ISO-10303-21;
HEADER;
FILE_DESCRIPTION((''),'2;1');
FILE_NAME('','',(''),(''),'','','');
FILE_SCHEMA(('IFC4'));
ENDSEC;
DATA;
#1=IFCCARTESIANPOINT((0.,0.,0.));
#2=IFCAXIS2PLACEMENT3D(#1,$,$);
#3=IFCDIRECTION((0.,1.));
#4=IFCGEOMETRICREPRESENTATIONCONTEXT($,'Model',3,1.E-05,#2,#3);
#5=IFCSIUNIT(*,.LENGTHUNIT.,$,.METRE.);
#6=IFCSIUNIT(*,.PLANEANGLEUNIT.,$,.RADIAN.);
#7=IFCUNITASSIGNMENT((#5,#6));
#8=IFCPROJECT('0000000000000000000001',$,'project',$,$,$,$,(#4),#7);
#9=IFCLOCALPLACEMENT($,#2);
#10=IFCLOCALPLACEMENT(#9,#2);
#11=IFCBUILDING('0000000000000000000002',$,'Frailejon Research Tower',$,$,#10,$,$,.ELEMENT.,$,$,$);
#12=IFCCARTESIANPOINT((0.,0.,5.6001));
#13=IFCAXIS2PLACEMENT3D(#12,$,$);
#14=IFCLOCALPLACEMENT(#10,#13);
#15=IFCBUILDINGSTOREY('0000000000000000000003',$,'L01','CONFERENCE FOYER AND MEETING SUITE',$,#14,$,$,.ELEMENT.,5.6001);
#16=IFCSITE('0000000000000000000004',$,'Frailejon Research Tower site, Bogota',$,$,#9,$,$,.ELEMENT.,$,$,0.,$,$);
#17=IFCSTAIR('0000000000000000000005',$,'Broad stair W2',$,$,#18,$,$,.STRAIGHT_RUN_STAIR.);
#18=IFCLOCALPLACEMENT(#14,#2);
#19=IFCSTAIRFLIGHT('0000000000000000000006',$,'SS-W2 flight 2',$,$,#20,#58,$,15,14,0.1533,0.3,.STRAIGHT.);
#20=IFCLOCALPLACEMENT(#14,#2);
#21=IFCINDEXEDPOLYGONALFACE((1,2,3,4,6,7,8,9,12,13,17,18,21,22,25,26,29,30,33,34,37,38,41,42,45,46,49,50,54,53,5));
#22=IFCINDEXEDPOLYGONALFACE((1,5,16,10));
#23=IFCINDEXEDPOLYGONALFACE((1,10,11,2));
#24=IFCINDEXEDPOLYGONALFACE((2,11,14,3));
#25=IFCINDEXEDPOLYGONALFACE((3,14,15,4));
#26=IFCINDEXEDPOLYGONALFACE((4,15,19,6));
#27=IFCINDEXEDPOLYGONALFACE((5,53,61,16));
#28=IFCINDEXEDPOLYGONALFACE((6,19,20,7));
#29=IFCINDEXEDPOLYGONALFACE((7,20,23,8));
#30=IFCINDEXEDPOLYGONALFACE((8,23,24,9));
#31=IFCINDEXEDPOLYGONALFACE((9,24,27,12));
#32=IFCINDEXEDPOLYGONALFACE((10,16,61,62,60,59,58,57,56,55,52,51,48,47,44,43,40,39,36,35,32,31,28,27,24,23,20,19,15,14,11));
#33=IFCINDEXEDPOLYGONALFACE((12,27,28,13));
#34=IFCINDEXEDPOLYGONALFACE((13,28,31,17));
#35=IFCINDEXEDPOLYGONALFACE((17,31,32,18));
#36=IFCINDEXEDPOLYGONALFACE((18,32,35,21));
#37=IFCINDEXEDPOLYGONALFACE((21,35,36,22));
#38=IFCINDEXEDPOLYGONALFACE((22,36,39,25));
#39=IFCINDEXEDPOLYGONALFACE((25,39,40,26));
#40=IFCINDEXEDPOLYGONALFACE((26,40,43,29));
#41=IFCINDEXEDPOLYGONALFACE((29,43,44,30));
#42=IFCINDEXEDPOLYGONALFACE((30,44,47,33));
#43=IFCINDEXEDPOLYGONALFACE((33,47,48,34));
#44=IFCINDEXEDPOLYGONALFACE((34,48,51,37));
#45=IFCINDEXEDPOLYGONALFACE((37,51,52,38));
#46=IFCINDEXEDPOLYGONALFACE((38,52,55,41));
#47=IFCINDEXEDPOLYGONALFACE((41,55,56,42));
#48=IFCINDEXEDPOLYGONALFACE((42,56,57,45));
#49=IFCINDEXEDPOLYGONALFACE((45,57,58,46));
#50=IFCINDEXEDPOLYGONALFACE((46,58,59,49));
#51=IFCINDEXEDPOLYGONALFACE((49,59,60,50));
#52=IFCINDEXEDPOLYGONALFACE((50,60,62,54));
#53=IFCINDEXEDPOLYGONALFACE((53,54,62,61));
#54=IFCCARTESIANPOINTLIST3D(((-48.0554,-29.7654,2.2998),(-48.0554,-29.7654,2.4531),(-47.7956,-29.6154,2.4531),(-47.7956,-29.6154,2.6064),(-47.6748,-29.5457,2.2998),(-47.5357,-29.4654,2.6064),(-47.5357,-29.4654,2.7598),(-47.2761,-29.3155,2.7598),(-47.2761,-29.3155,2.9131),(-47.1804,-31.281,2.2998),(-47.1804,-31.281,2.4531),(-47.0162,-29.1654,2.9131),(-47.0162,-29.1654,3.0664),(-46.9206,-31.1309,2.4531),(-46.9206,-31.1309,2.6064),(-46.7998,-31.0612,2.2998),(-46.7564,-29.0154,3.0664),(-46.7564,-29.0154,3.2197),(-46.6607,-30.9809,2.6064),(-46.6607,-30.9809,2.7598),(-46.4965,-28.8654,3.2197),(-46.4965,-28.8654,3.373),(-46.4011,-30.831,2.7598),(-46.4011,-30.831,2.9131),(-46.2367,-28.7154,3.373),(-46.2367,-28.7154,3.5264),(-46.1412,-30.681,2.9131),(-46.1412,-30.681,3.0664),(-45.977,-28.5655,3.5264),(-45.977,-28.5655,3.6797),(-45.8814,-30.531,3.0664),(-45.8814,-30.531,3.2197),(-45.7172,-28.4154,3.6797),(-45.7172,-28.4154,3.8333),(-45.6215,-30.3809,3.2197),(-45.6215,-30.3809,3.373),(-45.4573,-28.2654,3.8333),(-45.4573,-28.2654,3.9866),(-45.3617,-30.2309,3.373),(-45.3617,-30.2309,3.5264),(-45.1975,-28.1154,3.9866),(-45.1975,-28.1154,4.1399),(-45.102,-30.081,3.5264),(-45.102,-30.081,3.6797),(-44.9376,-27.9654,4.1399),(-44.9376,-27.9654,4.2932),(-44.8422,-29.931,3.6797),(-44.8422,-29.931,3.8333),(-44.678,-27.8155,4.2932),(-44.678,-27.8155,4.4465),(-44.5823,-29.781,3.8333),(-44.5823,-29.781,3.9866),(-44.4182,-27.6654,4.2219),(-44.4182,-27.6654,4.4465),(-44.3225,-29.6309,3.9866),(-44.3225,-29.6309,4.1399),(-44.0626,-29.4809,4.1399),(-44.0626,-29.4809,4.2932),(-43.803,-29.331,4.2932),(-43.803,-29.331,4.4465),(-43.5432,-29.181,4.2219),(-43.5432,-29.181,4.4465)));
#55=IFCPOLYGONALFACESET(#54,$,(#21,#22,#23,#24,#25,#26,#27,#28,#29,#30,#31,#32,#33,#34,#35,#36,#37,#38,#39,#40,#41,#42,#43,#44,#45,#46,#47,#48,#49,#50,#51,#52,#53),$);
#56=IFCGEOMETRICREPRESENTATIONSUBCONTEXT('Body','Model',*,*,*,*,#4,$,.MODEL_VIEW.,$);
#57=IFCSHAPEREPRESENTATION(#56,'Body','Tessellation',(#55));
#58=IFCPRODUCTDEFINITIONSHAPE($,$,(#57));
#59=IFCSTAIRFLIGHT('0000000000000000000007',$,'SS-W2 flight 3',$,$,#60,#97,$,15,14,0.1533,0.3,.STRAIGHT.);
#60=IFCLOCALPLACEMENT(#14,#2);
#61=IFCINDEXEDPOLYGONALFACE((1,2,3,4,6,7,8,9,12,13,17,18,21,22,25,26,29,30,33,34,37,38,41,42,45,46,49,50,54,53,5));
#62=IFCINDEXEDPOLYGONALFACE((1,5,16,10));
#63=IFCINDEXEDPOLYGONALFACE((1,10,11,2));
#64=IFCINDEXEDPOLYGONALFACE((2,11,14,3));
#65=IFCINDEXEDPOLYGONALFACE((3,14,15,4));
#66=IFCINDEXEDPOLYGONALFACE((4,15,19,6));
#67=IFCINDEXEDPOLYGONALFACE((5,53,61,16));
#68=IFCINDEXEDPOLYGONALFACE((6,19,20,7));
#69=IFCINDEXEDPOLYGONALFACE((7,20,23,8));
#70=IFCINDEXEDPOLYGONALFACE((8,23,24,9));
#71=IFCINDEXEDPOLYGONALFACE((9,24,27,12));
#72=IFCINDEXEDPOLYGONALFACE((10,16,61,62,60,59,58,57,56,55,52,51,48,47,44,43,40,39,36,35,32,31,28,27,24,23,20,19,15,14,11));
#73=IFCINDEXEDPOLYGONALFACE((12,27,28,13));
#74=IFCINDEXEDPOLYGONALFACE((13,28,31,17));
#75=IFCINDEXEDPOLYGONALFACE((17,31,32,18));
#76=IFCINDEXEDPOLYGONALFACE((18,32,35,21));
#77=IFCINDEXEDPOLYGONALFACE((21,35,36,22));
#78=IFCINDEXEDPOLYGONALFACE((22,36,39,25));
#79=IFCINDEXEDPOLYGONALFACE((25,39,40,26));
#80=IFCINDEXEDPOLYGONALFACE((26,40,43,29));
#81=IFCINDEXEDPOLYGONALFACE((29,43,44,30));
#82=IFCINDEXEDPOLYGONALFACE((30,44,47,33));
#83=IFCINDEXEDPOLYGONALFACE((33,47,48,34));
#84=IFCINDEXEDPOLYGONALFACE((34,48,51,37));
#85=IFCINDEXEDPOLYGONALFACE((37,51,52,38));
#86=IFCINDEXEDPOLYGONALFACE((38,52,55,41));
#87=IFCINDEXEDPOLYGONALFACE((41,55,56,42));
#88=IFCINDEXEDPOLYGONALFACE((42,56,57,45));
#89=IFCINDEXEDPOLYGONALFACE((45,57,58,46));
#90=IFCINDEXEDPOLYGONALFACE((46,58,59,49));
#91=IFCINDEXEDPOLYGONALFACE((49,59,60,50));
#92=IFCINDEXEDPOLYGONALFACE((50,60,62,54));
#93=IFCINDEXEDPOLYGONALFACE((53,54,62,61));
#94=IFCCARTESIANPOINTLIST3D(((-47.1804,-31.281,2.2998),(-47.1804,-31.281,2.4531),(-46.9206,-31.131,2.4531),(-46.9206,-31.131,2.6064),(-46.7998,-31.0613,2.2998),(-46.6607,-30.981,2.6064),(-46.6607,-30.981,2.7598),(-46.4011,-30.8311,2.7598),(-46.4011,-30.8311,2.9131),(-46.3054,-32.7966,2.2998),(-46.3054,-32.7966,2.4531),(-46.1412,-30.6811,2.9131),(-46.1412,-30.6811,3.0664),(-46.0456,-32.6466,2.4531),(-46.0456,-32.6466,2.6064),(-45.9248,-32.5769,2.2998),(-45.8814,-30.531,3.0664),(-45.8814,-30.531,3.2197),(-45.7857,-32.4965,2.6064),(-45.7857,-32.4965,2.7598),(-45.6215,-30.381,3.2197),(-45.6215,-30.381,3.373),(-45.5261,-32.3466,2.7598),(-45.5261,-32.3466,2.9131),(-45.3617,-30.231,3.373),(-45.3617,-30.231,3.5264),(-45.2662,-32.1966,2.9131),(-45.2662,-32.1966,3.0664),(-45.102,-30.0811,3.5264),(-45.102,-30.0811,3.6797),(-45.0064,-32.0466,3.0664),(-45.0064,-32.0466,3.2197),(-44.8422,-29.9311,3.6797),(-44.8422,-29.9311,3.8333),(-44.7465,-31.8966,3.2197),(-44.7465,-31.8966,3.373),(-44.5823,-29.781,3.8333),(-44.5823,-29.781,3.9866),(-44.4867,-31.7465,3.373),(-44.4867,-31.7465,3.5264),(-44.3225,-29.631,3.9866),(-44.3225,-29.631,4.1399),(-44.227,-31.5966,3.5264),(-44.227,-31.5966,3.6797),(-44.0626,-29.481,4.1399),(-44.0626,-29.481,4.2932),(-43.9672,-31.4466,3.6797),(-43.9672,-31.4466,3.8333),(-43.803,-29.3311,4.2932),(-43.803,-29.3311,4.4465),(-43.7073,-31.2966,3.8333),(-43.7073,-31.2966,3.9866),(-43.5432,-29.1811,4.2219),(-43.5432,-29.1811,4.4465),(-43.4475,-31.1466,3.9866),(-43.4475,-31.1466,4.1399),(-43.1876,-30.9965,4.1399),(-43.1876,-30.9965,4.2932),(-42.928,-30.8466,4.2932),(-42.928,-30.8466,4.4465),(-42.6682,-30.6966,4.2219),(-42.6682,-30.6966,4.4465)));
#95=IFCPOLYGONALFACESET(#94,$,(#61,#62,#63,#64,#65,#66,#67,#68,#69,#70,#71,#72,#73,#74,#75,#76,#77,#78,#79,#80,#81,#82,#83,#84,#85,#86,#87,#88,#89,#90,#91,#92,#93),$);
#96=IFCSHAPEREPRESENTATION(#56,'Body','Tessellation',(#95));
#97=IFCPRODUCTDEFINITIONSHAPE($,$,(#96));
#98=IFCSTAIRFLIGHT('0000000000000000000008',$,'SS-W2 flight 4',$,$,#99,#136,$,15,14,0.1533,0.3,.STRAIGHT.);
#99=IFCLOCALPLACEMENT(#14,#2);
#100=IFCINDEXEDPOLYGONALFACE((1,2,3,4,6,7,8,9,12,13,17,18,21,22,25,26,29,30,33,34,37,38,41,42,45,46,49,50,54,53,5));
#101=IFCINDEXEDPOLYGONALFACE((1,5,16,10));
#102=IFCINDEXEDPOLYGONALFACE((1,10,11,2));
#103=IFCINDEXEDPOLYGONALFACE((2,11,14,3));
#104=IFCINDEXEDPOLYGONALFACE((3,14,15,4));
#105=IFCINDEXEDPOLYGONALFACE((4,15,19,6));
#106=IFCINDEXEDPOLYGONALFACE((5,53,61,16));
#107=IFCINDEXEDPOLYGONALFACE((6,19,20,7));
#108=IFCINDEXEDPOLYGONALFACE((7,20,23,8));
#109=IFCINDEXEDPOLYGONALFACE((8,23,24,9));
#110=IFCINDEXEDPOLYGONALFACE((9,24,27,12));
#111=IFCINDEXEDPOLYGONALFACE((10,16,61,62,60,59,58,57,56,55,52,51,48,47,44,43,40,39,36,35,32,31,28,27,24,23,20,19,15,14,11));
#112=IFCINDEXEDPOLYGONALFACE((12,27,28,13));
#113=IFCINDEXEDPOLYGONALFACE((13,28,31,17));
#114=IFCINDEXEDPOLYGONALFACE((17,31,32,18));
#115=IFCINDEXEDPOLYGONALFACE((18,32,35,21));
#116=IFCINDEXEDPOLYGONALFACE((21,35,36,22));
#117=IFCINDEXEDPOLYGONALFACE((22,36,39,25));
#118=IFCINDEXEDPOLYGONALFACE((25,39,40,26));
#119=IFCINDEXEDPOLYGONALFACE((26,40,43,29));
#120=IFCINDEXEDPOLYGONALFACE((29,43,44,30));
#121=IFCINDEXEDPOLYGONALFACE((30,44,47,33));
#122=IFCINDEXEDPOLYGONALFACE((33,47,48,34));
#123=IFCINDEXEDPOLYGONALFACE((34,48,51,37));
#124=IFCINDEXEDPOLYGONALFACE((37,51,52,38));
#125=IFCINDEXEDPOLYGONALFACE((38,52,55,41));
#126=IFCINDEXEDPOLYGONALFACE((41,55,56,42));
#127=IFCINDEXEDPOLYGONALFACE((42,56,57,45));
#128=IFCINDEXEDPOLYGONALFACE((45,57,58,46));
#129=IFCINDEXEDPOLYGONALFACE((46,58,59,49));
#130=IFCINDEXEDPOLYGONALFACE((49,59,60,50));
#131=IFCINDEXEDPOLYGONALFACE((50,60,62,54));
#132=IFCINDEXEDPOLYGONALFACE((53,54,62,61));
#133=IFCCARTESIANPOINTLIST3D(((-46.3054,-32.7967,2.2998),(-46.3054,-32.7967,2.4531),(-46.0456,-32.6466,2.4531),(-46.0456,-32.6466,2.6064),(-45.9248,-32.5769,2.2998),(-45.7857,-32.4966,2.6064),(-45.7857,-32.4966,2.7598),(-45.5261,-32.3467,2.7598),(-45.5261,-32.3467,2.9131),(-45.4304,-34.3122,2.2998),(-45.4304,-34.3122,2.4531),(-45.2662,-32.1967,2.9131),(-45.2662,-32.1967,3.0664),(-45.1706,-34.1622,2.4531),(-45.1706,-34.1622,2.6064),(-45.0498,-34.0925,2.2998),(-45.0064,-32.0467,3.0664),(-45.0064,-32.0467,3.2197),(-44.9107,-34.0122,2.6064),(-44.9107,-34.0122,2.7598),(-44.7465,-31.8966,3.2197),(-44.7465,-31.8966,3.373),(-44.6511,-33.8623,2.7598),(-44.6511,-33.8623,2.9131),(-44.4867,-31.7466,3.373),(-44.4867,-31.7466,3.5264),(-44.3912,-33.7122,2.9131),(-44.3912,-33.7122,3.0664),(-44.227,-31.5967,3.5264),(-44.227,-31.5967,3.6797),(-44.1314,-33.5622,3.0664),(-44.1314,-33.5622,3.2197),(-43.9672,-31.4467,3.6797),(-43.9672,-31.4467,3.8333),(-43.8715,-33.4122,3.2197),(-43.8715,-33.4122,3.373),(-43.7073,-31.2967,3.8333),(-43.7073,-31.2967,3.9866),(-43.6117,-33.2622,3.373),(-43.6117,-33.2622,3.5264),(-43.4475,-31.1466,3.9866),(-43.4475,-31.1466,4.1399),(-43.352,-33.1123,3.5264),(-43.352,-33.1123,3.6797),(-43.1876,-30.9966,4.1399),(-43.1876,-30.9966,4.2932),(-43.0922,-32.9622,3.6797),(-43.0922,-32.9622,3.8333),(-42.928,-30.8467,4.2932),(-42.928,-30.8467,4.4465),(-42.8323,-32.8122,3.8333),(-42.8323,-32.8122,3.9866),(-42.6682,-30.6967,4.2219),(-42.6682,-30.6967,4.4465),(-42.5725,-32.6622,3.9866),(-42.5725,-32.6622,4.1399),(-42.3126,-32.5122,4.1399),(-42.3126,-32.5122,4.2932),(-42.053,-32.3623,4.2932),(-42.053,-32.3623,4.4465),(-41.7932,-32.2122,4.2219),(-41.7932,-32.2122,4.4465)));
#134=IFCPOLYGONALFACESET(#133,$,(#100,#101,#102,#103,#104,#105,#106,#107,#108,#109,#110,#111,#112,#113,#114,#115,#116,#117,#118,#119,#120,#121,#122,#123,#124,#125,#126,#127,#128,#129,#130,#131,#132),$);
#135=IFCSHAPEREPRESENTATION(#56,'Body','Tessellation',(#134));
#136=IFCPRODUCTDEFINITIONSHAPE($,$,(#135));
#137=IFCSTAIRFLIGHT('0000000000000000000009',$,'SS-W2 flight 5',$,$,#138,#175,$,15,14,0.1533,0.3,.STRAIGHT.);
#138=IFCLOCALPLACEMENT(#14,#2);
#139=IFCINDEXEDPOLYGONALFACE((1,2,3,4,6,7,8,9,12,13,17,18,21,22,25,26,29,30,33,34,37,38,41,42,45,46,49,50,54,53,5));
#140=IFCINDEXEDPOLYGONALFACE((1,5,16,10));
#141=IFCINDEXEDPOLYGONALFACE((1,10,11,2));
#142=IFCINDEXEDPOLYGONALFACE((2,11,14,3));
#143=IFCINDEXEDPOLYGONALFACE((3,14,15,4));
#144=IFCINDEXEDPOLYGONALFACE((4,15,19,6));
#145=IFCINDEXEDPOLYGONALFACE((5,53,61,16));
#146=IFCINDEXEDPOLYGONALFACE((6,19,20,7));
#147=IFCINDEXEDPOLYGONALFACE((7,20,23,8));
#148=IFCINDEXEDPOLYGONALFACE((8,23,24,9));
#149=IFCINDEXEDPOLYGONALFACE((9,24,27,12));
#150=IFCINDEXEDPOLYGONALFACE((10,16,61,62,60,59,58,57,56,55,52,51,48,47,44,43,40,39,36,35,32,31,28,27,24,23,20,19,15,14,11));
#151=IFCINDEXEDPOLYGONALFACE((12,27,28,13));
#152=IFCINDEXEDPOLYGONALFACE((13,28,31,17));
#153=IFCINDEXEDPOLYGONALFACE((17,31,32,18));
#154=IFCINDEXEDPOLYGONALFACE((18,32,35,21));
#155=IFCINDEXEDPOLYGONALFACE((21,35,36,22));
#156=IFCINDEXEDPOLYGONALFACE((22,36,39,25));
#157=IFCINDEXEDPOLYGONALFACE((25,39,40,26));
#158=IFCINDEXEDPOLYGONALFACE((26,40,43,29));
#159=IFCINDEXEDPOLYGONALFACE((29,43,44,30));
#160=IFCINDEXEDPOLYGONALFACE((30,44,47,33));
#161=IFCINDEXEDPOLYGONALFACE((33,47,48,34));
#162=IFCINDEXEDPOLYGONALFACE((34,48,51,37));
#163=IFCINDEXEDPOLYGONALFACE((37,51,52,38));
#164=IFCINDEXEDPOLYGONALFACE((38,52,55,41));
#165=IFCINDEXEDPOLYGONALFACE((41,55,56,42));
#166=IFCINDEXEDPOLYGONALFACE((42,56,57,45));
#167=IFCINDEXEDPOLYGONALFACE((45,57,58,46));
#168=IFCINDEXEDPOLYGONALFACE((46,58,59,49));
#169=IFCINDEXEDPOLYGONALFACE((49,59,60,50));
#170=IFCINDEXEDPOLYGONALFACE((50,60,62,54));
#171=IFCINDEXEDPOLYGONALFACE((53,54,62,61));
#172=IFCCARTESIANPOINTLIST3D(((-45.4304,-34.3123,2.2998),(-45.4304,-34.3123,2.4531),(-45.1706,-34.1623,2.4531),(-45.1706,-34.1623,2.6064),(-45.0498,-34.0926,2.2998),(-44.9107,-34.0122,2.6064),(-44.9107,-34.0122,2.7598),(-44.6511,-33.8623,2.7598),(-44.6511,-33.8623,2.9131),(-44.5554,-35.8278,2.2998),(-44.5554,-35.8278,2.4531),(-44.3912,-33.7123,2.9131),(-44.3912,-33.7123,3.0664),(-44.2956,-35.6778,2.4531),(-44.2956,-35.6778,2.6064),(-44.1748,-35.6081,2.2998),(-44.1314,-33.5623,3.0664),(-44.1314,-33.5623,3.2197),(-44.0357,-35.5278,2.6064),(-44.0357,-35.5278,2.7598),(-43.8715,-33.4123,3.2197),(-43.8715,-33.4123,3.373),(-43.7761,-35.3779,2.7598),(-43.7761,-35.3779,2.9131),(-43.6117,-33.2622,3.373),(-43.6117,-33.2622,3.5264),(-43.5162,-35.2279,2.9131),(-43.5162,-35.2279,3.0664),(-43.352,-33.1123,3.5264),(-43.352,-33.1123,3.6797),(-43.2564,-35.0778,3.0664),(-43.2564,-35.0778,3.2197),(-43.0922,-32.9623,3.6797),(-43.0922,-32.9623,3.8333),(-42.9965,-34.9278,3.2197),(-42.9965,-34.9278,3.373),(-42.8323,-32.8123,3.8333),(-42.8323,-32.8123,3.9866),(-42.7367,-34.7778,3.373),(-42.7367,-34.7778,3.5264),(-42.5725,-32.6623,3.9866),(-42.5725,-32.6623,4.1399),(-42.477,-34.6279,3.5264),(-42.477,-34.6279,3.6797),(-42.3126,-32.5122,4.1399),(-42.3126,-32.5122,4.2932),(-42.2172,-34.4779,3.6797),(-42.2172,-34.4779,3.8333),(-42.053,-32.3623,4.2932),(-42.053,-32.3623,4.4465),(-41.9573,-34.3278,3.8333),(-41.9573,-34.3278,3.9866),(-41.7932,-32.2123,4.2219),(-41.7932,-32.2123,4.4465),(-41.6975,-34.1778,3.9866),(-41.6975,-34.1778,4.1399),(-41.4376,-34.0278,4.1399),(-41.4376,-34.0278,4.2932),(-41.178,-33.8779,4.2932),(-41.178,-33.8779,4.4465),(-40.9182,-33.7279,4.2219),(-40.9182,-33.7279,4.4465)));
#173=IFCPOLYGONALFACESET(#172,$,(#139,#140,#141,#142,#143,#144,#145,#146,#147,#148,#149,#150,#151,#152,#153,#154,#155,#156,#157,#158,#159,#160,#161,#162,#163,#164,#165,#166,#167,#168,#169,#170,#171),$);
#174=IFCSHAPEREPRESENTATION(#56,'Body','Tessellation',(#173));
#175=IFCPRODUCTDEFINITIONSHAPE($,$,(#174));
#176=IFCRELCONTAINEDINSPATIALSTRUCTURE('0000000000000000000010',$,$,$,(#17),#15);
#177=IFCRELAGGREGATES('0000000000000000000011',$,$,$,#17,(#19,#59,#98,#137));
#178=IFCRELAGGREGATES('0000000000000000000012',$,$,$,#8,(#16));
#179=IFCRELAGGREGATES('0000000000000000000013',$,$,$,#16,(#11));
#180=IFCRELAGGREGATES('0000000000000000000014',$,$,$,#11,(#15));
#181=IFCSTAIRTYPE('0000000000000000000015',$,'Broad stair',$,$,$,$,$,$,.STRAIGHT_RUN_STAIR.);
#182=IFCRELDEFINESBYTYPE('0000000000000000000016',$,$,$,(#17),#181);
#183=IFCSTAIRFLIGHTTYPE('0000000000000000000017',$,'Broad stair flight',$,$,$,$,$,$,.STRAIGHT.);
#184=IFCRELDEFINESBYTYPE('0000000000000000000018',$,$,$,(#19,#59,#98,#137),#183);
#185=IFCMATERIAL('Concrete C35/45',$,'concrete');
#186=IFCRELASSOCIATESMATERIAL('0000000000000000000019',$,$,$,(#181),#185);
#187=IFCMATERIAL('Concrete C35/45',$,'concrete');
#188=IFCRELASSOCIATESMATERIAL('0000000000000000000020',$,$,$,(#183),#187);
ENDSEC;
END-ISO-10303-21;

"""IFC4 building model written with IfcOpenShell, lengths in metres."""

from ifc_helpers import new_model, si_unit, direction, frame, origin, place, context, subcontext, project, spatial, polyline, outline, extrude, material, type_object, element, aggregate, save


model = new_model("IFC4")

# Units and contexts
model_context = context("Model", 3, precision=1e-05, world=origin(), true_north=direction((0.0, 1.0)))
body_context = subcontext(model_context, "Body", "Model", "MODEL_VIEW")
ifc_project = project(units=[si_unit("LENGTHUNIT", "METRE"), si_unit("PLANEANGLEUNIT", "RADIAN")], contexts=[model_context])

# Site, building, storey
site_placement = place(None, origin())
site = spatial("IfcSite", under=ifc_project, at=site_placement, Name="Frailejon Research Tower site, Bogota", CompositionType="ELEMENT", RefElevation=0.0)
building_placement = place(site_placement, origin())
building = spatial("IfcBuilding", under=site, at=building_placement, Name="Frailejon Research Tower", CompositionType="ELEMENT")
storey_placement = place(building_placement, frame((0.0, 0.0, 5.6001)))
storey = spatial("IfcBuildingStorey", under=building, at=storey_placement, Name="L01", Description="CONFERENCE FOYER AND MEETING SUITE", CompositionType="ELEMENT", Elevation=5.6001)

# Stair, stair flights
ifc_material_1 = material(Name="Concrete C35/45", Category="concrete")
stair_type = type_object("IfcStairType", Name="Broad stair", PredefinedType="STRAIGHT_RUN_STAIR", material=ifc_material_1)
stair_placement = place(storey_placement, origin())
stair = element("IfcStair", 1, at=stair_placement, inside=storey, type_object=stair_type, Name="Broad stair W2", PredefinedType="STRAIGHT_RUN_STAIR")
ifc_material_2 = material(Name="Concrete C35/45", Category="concrete")
stair_flight_type = type_object("IfcStairFlightType", Name="Broad stair flight", PredefinedType="STRAIGHT", material=ifc_material_2)
stair_flight_1_placement = place(storey_placement, frame((-47.6179, -30.5232, 2.2998), z_axis=(0.0, 0.0, 1.0), x_axis=(0.866025, 0.5, 0.0)))
stair_flight_1 = element("IfcStairFlight", 2, at=stair_flight_1_placement, type_object=stair_flight_type, Name="SS-W2 flight 2", NumberOfRisers=15, NumberOfTreads=14, PredefinedType="STRAIGHT", RiserHeight=0.1533, TreadLength=0.3, context=body_context, shape_type="SweptSolid", body=[
    extrude(outline(polyline([(0.0, 0.0), (0.0, 0.1533), (0.3, 0.1533), (0.3, 0.3066), (0.6001, 0.3066), (0.6001, 0.46), (0.8999, 0.46), (0.8999, 0.6133), (1.2, 0.6133), (1.2, 0.7666), (1.5, 0.7666), (1.5, 0.9199), (1.8, 0.9199), (1.8, 1.0732), (2.1001, 1.0732), (2.1001, 1.2266), (2.3999, 1.2266), (2.3999, 1.3799), (2.7, 1.3799), (2.7, 1.5334), (3.0, 1.5334), (3.0, 1.6868), (3.3, 1.6868), (3.3, 1.8401), (3.6001, 1.8401), (3.6001, 1.9934), (3.8999, 1.9934), (3.8999, 2.1467), (4.2, 2.1467), (4.2, 2.3), (4.2, 1.9221), (0.4395, 0.0), (0.0, 0.0)])), frame((0.0, 0.875, 0.0), z_axis=(0.0, -1.0, 0.0), x_axis=(1.0, 0.0, 0.0)), (0.0, 0.0, 1.0), 1.75),
])
stair_flight_2_placement = place(storey_placement, frame((-46.7429, -32.0388, 2.2998), z_axis=(0.0, 0.0, 1.0), x_axis=(0.866025, 0.5, 0.0)))
stair_flight_2 = element("IfcStairFlight", 3, at=stair_flight_2_placement, type_object=stair_flight_type, Name="SS-W2 flight 3", NumberOfRisers=15, NumberOfTreads=14, PredefinedType="STRAIGHT", RiserHeight=0.1533, TreadLength=0.3, context=body_context, shape_type="SweptSolid", body=[
    extrude(outline(polyline([(0.0, 0.0), (0.0, 0.1533), (0.3, 0.1533), (0.3, 0.3066), (0.6001, 0.3066), (0.6001, 0.46), (0.8999, 0.46), (0.8999, 0.6133), (1.2, 0.6133), (1.2, 0.7666), (1.5, 0.7666), (1.5, 0.9199), (1.8, 0.9199), (1.8, 1.0732), (2.1001, 1.0732), (2.1001, 1.2266), (2.3999, 1.2266), (2.3999, 1.3799), (2.7, 1.3799), (2.7, 1.5334), (3.0, 1.5334), (3.0, 1.6868), (3.3, 1.6868), (3.3, 1.8401), (3.6001, 1.8401), (3.6001, 1.9934), (3.8999, 1.9934), (3.8999, 2.1467), (4.2, 2.1467), (4.2, 2.3), (4.2, 1.9221), (0.4395, 0.0), (0.0, 0.0)])), frame((0.0, 0.875, 0.0), z_axis=(0.0, -1.0, 0.0), x_axis=(1.0, 0.0, 0.0)), (0.0, 0.0, 1.0), 1.75),
])
stair_flight_3_placement = place(storey_placement, frame((-45.8679, -33.5544, 2.2998), z_axis=(0.0, 0.0, 1.0), x_axis=(0.866025, 0.5, 0.0)))
stair_flight_3 = element("IfcStairFlight", 4, at=stair_flight_3_placement, type_object=stair_flight_type, Name="SS-W2 flight 4", NumberOfRisers=15, NumberOfTreads=14, PredefinedType="STRAIGHT", RiserHeight=0.1533, TreadLength=0.3, context=body_context, shape_type="SweptSolid", body=[
    extrude(outline(polyline([(0.0, 0.0), (0.0, 0.1533), (0.3, 0.1533), (0.3, 0.3066), (0.6001, 0.3066), (0.6001, 0.46), (0.8999, 0.46), (0.8999, 0.6133), (1.2, 0.6133), (1.2, 0.7666), (1.5, 0.7666), (1.5, 0.9199), (1.8, 0.9199), (1.8, 1.0732), (2.1001, 1.0732), (2.1001, 1.2266), (2.3999, 1.2266), (2.3999, 1.3799), (2.7, 1.3799), (2.7, 1.5334), (3.0, 1.5334), (3.0, 1.6868), (3.3, 1.6868), (3.3, 1.8401), (3.6001, 1.8401), (3.6001, 1.9934), (3.8999, 1.9934), (3.8999, 2.1467), (4.2, 2.1467), (4.2, 2.3), (4.2, 1.9221), (0.4395, 0.0), (0.0, 0.0)])), frame((0.0, 0.875, 0.0), z_axis=(0.0, -1.0, 0.0), x_axis=(1.0, 0.0, 0.0)), (0.0, 0.0, 1.0), 1.75),
])
stair_flight_4_placement = place(storey_placement, frame((-44.9929, -35.0701, 2.2998), z_axis=(0.0, 0.0, 1.0), x_axis=(0.866025, 0.5, 0.0)))
stair_flight_4 = element("IfcStairFlight", 5, at=stair_flight_4_placement, type_object=stair_flight_type, Name="SS-W2 flight 5", NumberOfRisers=15, NumberOfTreads=14, PredefinedType="STRAIGHT", RiserHeight=0.1533, TreadLength=0.3, context=body_context, shape_type="SweptSolid", body=[
    extrude(outline(polyline([(0.0, 0.0), (0.0, 0.1533), (0.3, 0.1533), (0.3, 0.3066), (0.6001, 0.3066), (0.6001, 0.46), (0.8999, 0.46), (0.8999, 0.6133), (1.2, 0.6133), (1.2, 0.7666), (1.5, 0.7666), (1.5, 0.9199), (1.8, 0.9199), (1.8, 1.0732), (2.1001, 1.0732), (2.1001, 1.2266), (2.3999, 1.2266), (2.3999, 1.3799), (2.7, 1.3799), (2.7, 1.5334), (3.0, 1.5334), (3.0, 1.6868), (3.3, 1.6868), (3.3, 1.8401), (3.6001, 1.8401), (3.6001, 1.9934), (3.8999, 1.9934), (3.8999, 2.1467), (4.2, 2.1467), (4.2, 2.3), (4.2, 1.9221), (0.4395, 0.0), (0.0, 0.0)])), frame((0.0, 0.875, 0.0), z_axis=(0.0, -1.0, 0.0), x_axis=(1.0, 0.0, 0.0)), (0.0, 0.0, 1.0), 1.75),
])
aggregate(stair, [stair_flight_1, stair_flight_2, stair_flight_3, stair_flight_4])

save(model, "model.ifc")
